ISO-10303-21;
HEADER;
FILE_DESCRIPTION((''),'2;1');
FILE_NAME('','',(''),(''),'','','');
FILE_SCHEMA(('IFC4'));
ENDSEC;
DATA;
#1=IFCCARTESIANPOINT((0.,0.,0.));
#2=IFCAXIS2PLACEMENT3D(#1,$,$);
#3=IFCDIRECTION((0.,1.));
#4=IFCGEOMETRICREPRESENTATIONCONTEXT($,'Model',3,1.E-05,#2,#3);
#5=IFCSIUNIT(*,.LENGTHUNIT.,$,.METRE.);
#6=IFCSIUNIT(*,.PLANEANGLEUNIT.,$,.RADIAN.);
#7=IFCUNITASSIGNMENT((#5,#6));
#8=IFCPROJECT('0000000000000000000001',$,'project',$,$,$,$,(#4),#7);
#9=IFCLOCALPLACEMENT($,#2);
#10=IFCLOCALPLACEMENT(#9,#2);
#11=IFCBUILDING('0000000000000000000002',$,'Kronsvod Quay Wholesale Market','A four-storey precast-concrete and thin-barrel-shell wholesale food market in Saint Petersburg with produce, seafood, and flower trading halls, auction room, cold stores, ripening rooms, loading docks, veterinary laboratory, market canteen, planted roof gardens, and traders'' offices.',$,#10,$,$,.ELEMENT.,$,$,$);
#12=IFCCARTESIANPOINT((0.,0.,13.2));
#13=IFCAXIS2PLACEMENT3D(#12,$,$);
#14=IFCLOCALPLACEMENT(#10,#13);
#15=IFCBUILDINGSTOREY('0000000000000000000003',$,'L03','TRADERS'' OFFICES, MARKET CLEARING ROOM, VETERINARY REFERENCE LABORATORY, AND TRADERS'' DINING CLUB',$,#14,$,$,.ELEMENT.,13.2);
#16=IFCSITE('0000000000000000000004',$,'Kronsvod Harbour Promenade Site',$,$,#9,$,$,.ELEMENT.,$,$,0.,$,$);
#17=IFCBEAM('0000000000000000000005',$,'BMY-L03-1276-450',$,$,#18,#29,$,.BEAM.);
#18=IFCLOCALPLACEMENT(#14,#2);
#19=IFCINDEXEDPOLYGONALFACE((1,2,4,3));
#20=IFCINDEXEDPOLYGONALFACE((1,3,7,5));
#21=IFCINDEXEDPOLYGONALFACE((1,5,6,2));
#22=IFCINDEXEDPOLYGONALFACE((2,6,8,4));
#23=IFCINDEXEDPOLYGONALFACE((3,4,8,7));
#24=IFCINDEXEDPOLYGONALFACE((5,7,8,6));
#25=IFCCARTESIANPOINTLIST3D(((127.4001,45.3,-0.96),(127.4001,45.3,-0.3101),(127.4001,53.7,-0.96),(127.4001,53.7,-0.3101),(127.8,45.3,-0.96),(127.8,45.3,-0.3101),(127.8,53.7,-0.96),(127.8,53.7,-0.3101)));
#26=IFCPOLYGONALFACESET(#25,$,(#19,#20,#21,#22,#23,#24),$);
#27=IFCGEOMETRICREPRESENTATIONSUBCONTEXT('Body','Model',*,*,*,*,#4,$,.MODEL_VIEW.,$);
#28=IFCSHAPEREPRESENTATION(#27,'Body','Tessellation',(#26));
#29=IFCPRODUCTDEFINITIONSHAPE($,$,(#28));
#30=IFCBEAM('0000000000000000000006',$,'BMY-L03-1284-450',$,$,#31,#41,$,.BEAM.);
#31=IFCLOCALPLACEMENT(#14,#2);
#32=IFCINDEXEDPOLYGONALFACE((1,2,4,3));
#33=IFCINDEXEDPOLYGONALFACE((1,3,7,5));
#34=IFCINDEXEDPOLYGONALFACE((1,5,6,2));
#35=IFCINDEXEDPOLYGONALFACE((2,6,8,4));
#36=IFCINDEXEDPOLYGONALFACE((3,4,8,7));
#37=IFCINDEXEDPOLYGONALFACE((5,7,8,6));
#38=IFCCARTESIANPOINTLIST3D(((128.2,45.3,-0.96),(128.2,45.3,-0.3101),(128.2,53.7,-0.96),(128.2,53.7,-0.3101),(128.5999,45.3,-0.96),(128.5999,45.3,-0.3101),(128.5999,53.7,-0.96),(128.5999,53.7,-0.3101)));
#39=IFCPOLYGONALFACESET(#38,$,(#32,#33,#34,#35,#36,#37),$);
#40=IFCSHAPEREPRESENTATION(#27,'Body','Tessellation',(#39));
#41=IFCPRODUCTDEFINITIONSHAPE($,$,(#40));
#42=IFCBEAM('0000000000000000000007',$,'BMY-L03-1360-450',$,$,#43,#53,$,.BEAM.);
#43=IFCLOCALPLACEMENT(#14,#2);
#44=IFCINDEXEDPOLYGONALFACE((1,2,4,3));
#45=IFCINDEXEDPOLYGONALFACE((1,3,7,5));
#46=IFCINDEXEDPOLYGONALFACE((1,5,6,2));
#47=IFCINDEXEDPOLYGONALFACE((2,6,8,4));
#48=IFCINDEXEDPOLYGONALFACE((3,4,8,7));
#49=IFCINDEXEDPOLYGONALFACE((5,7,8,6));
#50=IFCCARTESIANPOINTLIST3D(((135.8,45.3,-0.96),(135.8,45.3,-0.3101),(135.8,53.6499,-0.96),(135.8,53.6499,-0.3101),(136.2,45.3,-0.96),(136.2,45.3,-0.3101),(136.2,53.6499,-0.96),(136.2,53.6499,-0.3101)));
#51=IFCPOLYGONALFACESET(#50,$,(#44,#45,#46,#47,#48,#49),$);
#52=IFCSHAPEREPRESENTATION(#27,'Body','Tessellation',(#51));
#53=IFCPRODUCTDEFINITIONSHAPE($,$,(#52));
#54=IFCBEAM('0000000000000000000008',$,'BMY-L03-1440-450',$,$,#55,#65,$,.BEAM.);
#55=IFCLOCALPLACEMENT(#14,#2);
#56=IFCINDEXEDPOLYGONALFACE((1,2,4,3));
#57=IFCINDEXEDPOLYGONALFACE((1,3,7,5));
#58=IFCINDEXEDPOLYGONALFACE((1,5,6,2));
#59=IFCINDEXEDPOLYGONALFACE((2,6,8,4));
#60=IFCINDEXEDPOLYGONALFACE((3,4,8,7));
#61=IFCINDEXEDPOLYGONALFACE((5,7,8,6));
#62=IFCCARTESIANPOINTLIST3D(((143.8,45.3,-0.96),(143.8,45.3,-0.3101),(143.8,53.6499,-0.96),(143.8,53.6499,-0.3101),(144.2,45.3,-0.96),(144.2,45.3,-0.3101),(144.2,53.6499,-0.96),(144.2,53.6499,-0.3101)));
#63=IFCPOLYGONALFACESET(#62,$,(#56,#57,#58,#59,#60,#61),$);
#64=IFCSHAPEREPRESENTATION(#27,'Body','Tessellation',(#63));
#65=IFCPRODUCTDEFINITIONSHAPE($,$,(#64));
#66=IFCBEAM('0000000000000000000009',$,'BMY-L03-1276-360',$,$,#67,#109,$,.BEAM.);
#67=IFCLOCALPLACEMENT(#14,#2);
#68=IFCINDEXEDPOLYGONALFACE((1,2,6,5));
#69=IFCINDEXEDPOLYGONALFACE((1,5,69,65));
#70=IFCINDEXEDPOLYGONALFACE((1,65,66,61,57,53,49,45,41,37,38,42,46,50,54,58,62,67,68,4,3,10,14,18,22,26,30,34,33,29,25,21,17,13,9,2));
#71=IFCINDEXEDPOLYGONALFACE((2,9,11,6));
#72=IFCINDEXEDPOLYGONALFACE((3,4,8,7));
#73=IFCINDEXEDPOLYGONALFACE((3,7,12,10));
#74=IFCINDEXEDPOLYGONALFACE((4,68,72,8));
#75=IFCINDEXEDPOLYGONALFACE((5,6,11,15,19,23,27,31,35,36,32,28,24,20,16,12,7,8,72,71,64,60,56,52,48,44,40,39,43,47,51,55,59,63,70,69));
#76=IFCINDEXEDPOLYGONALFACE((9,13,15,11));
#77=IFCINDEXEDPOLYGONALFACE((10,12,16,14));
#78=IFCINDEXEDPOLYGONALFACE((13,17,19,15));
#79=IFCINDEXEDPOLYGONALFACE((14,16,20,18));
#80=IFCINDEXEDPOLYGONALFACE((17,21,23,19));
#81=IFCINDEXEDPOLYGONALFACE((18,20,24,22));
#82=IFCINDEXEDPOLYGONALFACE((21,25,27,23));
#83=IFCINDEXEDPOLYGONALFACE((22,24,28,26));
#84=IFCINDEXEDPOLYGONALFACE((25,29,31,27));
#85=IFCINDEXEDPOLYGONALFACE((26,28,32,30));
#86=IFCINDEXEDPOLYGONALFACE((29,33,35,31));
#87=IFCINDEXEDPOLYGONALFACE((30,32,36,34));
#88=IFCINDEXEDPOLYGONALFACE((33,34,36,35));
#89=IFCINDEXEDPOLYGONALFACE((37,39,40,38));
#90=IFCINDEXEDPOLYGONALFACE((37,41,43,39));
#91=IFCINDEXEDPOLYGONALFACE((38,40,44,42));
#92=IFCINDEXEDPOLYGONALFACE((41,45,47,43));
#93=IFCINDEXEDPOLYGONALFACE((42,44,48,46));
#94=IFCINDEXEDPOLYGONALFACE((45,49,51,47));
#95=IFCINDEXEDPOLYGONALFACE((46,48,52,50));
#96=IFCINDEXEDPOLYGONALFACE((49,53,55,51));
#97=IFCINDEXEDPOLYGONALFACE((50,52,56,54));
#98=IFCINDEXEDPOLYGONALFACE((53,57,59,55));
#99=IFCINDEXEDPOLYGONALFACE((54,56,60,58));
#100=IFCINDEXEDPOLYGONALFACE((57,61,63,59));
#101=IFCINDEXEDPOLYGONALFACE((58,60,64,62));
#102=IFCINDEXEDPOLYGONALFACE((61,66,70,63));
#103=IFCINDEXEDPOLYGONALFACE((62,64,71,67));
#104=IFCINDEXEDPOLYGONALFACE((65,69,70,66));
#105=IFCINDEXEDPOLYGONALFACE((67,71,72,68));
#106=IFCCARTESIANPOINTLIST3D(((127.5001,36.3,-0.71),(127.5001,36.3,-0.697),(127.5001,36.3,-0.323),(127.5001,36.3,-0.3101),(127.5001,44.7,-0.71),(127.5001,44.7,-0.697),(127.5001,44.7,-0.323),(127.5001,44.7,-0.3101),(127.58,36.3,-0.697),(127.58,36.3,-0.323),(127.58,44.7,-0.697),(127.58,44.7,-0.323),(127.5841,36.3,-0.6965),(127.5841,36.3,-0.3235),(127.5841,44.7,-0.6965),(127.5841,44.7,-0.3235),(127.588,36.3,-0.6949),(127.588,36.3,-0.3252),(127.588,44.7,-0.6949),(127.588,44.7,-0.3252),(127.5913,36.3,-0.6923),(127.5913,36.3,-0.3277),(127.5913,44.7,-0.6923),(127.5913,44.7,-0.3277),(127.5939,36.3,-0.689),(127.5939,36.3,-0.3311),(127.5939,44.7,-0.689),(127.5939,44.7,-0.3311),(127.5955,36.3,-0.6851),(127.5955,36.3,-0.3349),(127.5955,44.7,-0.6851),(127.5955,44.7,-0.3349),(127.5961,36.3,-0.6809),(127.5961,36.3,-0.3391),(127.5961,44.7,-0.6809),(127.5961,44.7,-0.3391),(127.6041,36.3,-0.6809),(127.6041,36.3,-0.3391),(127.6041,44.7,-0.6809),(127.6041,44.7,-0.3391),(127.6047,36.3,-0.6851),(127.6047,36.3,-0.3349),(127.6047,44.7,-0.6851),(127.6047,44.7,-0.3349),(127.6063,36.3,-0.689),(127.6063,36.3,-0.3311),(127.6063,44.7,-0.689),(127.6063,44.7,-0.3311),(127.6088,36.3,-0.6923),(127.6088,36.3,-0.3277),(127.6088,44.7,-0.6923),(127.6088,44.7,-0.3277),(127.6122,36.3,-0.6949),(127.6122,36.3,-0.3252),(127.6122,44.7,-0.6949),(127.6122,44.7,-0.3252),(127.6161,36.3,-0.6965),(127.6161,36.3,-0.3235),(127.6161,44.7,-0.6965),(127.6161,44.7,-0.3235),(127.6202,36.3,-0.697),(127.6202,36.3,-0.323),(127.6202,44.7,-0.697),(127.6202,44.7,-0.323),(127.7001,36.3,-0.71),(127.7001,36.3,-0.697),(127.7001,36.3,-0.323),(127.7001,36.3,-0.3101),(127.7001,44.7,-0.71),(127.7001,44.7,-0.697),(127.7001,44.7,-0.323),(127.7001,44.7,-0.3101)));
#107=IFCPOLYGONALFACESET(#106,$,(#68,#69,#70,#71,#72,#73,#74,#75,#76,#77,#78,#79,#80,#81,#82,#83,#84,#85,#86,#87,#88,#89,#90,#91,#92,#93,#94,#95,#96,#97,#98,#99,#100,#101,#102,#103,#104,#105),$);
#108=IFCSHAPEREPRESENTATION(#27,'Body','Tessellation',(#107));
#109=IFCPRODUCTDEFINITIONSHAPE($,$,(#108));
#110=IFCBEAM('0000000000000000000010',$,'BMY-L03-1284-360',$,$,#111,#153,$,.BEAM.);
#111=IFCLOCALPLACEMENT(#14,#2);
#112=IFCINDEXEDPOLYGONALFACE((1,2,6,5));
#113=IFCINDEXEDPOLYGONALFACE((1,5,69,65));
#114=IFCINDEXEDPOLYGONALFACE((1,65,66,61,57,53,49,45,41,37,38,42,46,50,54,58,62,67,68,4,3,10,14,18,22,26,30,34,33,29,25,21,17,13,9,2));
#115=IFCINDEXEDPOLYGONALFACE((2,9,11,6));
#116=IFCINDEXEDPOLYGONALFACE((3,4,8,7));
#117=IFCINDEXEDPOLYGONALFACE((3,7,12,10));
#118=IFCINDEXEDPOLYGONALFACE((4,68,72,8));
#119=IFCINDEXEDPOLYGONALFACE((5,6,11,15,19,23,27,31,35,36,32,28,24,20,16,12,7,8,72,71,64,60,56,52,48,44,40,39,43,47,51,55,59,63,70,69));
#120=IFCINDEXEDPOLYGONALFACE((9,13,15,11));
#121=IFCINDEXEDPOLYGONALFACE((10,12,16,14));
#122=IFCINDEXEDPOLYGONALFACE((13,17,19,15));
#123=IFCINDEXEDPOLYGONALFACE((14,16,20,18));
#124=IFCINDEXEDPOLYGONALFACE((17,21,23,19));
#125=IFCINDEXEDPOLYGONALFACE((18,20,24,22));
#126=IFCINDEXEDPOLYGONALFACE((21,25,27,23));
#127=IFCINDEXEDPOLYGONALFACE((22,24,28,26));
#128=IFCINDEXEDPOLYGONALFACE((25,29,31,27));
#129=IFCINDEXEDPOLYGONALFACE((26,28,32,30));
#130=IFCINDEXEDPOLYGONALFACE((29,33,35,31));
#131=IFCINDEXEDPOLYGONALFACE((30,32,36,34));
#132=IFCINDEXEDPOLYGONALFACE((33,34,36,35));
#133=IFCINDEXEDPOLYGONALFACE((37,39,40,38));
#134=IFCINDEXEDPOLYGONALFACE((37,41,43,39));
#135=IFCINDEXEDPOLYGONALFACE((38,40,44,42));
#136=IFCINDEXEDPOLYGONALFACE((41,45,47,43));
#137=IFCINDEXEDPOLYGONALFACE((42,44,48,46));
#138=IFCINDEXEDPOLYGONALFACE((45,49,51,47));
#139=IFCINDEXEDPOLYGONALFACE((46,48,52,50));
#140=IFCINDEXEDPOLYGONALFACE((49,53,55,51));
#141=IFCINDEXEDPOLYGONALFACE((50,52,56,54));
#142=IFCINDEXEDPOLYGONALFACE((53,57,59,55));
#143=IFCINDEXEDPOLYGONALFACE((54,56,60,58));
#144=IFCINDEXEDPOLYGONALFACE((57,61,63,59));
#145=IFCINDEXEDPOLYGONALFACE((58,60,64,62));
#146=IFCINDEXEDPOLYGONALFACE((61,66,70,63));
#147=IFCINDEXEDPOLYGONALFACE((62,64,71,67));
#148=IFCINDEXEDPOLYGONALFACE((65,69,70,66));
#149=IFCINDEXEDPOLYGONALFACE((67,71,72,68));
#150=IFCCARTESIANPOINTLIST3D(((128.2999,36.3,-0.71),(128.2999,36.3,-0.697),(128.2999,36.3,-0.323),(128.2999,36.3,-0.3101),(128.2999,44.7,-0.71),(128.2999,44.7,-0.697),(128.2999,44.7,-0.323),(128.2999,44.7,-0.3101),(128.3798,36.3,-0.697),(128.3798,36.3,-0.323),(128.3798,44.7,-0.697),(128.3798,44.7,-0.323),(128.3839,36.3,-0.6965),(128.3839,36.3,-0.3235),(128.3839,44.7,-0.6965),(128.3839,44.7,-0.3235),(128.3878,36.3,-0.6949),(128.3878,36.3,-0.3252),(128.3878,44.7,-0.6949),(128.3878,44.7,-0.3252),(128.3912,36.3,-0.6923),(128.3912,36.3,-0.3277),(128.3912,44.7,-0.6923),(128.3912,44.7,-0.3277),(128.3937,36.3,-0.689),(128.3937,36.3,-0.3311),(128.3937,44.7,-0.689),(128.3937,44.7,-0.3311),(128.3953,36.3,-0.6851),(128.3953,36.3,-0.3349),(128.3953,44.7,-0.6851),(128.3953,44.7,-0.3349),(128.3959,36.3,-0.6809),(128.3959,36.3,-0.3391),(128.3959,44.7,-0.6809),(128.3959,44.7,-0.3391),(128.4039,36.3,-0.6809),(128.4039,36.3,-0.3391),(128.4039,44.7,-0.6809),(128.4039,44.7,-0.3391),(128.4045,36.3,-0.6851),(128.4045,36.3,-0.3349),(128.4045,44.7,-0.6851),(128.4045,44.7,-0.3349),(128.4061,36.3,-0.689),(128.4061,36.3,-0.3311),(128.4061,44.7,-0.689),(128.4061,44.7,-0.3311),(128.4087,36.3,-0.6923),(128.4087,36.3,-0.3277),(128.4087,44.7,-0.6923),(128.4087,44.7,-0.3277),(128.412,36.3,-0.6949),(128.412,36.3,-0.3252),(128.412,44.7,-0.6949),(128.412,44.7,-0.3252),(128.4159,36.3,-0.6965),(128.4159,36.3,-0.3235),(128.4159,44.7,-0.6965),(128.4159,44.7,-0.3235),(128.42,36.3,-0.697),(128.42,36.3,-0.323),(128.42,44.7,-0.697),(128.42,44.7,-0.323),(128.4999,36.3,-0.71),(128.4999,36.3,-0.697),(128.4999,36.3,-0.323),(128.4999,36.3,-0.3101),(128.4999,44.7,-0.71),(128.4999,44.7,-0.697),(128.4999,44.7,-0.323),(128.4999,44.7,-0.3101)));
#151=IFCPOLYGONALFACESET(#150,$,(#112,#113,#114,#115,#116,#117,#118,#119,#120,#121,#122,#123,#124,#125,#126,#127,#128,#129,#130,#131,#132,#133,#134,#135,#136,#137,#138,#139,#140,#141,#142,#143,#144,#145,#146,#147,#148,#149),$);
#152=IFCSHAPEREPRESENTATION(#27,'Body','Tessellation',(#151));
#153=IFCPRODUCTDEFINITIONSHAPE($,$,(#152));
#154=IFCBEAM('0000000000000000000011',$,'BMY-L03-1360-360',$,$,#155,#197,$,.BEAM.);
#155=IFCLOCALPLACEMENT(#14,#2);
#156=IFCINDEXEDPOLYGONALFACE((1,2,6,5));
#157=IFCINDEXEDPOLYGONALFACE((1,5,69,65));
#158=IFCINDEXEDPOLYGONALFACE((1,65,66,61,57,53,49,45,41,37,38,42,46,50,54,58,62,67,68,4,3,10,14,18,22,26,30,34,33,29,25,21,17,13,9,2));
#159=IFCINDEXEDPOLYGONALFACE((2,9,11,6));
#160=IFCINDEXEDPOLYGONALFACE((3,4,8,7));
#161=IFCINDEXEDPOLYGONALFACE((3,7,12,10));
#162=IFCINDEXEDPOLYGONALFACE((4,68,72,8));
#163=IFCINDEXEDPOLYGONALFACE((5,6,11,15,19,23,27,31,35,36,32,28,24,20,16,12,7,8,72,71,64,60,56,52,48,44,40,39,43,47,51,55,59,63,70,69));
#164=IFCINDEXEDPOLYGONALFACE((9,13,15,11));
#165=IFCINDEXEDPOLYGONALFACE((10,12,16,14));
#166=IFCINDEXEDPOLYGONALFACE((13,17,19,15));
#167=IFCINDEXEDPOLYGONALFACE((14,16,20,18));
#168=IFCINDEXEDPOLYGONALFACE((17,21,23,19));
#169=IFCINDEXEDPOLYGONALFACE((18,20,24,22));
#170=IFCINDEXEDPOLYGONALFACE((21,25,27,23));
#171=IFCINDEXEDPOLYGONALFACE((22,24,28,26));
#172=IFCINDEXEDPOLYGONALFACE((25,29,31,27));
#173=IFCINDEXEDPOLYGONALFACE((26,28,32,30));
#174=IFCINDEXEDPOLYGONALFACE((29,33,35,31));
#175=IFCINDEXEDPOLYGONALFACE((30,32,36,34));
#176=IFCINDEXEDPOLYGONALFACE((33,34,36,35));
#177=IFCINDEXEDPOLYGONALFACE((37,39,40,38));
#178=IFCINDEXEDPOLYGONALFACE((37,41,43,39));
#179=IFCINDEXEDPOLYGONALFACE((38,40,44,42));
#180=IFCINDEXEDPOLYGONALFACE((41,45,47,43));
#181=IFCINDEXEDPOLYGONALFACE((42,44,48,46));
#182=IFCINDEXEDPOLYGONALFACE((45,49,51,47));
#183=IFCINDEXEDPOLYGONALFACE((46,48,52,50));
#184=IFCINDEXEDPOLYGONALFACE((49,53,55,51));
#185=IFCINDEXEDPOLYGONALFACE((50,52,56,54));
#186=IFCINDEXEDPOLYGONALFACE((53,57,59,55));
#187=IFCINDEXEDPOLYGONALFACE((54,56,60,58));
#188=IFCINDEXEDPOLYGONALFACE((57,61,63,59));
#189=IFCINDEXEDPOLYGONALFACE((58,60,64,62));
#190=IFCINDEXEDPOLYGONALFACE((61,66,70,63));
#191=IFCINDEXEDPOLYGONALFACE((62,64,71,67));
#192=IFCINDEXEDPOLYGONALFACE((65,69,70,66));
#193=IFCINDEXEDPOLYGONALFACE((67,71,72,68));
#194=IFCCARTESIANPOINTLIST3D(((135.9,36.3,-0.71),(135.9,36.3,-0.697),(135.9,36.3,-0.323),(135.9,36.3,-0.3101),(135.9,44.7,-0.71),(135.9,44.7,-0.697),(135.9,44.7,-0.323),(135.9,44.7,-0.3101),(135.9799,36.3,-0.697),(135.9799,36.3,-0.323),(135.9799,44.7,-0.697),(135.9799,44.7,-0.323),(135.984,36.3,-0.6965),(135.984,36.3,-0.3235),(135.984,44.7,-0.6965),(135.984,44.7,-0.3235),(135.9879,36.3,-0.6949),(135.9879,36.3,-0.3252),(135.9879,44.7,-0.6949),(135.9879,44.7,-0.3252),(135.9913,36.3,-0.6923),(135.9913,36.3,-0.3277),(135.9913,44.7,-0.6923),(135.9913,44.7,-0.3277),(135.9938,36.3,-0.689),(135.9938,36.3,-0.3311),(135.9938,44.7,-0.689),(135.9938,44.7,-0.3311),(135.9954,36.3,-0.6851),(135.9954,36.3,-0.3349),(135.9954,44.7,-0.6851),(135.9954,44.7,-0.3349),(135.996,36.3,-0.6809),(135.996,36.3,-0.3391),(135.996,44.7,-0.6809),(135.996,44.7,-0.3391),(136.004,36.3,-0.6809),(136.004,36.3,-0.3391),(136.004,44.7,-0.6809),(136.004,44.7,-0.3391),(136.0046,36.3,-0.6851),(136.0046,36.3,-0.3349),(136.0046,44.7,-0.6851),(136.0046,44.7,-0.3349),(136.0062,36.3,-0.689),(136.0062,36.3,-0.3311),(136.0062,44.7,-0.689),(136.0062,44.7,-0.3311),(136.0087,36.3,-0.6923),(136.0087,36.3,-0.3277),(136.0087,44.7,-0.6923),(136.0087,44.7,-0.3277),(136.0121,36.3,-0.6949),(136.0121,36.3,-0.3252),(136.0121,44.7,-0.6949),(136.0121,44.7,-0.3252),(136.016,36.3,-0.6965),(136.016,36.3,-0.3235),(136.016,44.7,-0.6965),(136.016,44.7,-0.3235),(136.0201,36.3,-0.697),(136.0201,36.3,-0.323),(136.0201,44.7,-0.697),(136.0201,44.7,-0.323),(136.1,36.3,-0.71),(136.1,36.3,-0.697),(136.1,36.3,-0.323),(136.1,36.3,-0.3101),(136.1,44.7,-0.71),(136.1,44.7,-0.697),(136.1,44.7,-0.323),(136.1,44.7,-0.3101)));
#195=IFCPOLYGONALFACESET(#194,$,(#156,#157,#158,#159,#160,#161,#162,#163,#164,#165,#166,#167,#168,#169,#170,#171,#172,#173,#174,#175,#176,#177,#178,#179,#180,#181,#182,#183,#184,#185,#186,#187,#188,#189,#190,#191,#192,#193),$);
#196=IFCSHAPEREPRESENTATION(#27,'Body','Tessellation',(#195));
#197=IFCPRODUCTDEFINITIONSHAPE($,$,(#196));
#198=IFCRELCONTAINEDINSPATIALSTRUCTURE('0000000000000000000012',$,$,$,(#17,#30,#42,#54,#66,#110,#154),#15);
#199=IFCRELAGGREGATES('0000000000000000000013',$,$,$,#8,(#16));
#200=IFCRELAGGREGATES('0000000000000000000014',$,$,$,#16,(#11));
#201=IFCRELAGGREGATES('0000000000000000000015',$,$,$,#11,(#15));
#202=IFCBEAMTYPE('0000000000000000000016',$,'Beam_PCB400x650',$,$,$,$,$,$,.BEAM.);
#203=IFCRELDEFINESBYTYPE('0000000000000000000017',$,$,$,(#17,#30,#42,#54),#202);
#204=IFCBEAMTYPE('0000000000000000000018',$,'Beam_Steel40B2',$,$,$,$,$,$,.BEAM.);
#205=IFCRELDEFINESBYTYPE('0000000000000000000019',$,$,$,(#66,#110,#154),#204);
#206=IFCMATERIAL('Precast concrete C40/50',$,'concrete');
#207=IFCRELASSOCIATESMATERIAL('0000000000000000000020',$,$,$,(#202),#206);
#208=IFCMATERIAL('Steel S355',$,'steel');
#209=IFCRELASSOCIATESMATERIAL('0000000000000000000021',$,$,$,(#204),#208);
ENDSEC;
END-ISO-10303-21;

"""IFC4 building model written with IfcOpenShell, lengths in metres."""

from ifc_helpers import new_model, si_unit, direction, frame, origin, origin_2d, place, context, subcontext, project, spatial, rectangle, i_section, extrude, material, material_profile, profile_set, type_object, element, save


model = new_model("IFC4")

# Units and contexts
model_context = context("Model", 3, precision=1e-05, world=origin(), true_north=direction((0.0, 1.0)))
body_context = subcontext(model_context, "Body", "Model", "MODEL_VIEW")
ifc_project = project(units=[si_unit("LENGTHUNIT", "METRE"), si_unit("PLANEANGLEUNIT", "RADIAN")], contexts=[model_context])

# Site, building, storey
site_placement = place(None, origin())
site = spatial("IfcSite", under=ifc_project, at=site_placement, Name="Kronsvod Harbour Promenade Site", CompositionType="ELEMENT", RefElevation=0.0)
building_placement = place(site_placement, origin())
building = spatial("IfcBuilding", under=site, at=building_placement, Name="Kronsvod Quay Wholesale Market", Description="A four-storey precast-concrete and thin-barrel-shell wholesale food market in Saint Petersburg with produce, seafood, and flower trading halls, auction room, cold stores, ripening rooms, loading docks, veterinary laboratory, market canteen, planted roof gardens, and traders' offices.", CompositionType="ELEMENT")
storey_placement = place(building_placement, frame((0.0, 0.0, 13.2)))
storey = spatial("IfcBuildingStorey", under=building, at=storey_placement, Name="L03", Description="TRADERS' OFFICES, MARKET CLEARING ROOM, VETERINARY REFERENCE LABORATORY, AND TRADERS' DINING CLUB", CompositionType="ELEMENT", Elevation=13.2)

# Beams
ifc_material_1 = material(Name="Precast concrete C40/50", Category="concrete")
ifc_material_profile_1 = material_profile(ifc_material_1, rectangle(XDim=0.3999, YDim=0.6499, at=origin_2d()), Name="PCB400x650")
ifc_profile_set_1 = profile_set([ifc_material_profile_1], Name="Precast concrete C40/50")
beam_type_1 = type_object("IfcBeamType", Name="Beam_PCB400x650", PredefinedType="BEAM", material=ifc_profile_set_1)
for number, where, z_axis, x_axis, name in (
    (1, (127.6001, 45.3, -0.635), (0.0, 1.0, 0.0), (-1.0, 0.0, 0.0), "BMY-L03-1276-450"),
    (2, (128.3999, 45.3, -0.635), (0.0, 1.0, 0.0), (-1.0, 0.0, 0.0), "BMY-L03-1284-450"),
):
    element("IfcBeam", number, at=place(storey_placement, frame(where, z_axis=z_axis, x_axis=x_axis)), inside=storey, type_object=beam_type_1, Name=name, PredefinedType="BEAM", context=body_context, shape_type="SweptSolid", body=[
        extrude(rectangle(XDim=0.3999, YDim=0.6499, at=origin_2d()), origin(), (0.0, 0.0, 1.0), 8.3999),
    ])
for number, where, z_axis, x_axis, name in (
    (3, (136.0, 45.3, -0.635), (0.0, 1.0, 0.0), (-1.0, 0.0, 0.0), "BMY-L03-1360-450"),
    (4, (144.0, 45.3, -0.635), (0.0, 1.0, 0.0), (-1.0, 0.0, 0.0), "BMY-L03-1440-450"),
):
    element("IfcBeam", number, at=place(storey_placement, frame(where, z_axis=z_axis, x_axis=x_axis)), inside=storey, type_object=beam_type_1, Name=name, PredefinedType="BEAM", context=body_context, shape_type="SweptSolid", body=[
        extrude(rectangle(XDim=0.3999, YDim=0.6499, at=origin_2d()), origin(), (0.0, 0.0, 1.0), 8.3499),
    ])
ifc_material_2 = material(Name="Steel S355", Category="steel")
ifc_material_profile_2 = material_profile(ifc_material_2, i_section(OverallWidth=0.2, OverallDepth=0.3999, WebThickness=0.0081, FlangeThickness=0.0129, FilletRadius=0.0161, at=origin_2d()), Name="40B2")
ifc_profile_set_2 = profile_set([ifc_material_profile_2], Name="Steel S355")
beam_type_2 = type_object("IfcBeamType", Name="Beam_Steel40B2", PredefinedType="BEAM", material=ifc_profile_set_2)
for number, where, z_axis, x_axis, name in (
    (5, (127.6001, 36.3, -0.51), (0.0, 1.0, 0.0), (-1.0, 0.0, 0.0), "BMY-L03-1276-360"),
    (6, (128.3999, 36.3, -0.51), (0.0, 1.0, 0.0), (-1.0, 0.0, 0.0), "BMY-L03-1284-360"),
    (7, (136.0, 36.3, -0.51), (0.0, 1.0, 0.0), (-1.0, 0.0, 0.0), "BMY-L03-1360-360"),
):
    element("IfcBeam", number, at=place(storey_placement, frame(where, z_axis=z_axis, x_axis=x_axis)), inside=storey, type_object=beam_type_2, Name=name, PredefinedType="BEAM", context=body_context, shape_type="SweptSolid", body=[
        extrude(i_section(OverallWidth=0.2, OverallDepth=0.3999, WebThickness=0.0081, FlangeThickness=0.0129, FilletRadius=0.0161, at=origin_2d()), origin(), (0.0, 0.0, 1.0), 8.3999),
    ])

save(model, "model.ifc")
